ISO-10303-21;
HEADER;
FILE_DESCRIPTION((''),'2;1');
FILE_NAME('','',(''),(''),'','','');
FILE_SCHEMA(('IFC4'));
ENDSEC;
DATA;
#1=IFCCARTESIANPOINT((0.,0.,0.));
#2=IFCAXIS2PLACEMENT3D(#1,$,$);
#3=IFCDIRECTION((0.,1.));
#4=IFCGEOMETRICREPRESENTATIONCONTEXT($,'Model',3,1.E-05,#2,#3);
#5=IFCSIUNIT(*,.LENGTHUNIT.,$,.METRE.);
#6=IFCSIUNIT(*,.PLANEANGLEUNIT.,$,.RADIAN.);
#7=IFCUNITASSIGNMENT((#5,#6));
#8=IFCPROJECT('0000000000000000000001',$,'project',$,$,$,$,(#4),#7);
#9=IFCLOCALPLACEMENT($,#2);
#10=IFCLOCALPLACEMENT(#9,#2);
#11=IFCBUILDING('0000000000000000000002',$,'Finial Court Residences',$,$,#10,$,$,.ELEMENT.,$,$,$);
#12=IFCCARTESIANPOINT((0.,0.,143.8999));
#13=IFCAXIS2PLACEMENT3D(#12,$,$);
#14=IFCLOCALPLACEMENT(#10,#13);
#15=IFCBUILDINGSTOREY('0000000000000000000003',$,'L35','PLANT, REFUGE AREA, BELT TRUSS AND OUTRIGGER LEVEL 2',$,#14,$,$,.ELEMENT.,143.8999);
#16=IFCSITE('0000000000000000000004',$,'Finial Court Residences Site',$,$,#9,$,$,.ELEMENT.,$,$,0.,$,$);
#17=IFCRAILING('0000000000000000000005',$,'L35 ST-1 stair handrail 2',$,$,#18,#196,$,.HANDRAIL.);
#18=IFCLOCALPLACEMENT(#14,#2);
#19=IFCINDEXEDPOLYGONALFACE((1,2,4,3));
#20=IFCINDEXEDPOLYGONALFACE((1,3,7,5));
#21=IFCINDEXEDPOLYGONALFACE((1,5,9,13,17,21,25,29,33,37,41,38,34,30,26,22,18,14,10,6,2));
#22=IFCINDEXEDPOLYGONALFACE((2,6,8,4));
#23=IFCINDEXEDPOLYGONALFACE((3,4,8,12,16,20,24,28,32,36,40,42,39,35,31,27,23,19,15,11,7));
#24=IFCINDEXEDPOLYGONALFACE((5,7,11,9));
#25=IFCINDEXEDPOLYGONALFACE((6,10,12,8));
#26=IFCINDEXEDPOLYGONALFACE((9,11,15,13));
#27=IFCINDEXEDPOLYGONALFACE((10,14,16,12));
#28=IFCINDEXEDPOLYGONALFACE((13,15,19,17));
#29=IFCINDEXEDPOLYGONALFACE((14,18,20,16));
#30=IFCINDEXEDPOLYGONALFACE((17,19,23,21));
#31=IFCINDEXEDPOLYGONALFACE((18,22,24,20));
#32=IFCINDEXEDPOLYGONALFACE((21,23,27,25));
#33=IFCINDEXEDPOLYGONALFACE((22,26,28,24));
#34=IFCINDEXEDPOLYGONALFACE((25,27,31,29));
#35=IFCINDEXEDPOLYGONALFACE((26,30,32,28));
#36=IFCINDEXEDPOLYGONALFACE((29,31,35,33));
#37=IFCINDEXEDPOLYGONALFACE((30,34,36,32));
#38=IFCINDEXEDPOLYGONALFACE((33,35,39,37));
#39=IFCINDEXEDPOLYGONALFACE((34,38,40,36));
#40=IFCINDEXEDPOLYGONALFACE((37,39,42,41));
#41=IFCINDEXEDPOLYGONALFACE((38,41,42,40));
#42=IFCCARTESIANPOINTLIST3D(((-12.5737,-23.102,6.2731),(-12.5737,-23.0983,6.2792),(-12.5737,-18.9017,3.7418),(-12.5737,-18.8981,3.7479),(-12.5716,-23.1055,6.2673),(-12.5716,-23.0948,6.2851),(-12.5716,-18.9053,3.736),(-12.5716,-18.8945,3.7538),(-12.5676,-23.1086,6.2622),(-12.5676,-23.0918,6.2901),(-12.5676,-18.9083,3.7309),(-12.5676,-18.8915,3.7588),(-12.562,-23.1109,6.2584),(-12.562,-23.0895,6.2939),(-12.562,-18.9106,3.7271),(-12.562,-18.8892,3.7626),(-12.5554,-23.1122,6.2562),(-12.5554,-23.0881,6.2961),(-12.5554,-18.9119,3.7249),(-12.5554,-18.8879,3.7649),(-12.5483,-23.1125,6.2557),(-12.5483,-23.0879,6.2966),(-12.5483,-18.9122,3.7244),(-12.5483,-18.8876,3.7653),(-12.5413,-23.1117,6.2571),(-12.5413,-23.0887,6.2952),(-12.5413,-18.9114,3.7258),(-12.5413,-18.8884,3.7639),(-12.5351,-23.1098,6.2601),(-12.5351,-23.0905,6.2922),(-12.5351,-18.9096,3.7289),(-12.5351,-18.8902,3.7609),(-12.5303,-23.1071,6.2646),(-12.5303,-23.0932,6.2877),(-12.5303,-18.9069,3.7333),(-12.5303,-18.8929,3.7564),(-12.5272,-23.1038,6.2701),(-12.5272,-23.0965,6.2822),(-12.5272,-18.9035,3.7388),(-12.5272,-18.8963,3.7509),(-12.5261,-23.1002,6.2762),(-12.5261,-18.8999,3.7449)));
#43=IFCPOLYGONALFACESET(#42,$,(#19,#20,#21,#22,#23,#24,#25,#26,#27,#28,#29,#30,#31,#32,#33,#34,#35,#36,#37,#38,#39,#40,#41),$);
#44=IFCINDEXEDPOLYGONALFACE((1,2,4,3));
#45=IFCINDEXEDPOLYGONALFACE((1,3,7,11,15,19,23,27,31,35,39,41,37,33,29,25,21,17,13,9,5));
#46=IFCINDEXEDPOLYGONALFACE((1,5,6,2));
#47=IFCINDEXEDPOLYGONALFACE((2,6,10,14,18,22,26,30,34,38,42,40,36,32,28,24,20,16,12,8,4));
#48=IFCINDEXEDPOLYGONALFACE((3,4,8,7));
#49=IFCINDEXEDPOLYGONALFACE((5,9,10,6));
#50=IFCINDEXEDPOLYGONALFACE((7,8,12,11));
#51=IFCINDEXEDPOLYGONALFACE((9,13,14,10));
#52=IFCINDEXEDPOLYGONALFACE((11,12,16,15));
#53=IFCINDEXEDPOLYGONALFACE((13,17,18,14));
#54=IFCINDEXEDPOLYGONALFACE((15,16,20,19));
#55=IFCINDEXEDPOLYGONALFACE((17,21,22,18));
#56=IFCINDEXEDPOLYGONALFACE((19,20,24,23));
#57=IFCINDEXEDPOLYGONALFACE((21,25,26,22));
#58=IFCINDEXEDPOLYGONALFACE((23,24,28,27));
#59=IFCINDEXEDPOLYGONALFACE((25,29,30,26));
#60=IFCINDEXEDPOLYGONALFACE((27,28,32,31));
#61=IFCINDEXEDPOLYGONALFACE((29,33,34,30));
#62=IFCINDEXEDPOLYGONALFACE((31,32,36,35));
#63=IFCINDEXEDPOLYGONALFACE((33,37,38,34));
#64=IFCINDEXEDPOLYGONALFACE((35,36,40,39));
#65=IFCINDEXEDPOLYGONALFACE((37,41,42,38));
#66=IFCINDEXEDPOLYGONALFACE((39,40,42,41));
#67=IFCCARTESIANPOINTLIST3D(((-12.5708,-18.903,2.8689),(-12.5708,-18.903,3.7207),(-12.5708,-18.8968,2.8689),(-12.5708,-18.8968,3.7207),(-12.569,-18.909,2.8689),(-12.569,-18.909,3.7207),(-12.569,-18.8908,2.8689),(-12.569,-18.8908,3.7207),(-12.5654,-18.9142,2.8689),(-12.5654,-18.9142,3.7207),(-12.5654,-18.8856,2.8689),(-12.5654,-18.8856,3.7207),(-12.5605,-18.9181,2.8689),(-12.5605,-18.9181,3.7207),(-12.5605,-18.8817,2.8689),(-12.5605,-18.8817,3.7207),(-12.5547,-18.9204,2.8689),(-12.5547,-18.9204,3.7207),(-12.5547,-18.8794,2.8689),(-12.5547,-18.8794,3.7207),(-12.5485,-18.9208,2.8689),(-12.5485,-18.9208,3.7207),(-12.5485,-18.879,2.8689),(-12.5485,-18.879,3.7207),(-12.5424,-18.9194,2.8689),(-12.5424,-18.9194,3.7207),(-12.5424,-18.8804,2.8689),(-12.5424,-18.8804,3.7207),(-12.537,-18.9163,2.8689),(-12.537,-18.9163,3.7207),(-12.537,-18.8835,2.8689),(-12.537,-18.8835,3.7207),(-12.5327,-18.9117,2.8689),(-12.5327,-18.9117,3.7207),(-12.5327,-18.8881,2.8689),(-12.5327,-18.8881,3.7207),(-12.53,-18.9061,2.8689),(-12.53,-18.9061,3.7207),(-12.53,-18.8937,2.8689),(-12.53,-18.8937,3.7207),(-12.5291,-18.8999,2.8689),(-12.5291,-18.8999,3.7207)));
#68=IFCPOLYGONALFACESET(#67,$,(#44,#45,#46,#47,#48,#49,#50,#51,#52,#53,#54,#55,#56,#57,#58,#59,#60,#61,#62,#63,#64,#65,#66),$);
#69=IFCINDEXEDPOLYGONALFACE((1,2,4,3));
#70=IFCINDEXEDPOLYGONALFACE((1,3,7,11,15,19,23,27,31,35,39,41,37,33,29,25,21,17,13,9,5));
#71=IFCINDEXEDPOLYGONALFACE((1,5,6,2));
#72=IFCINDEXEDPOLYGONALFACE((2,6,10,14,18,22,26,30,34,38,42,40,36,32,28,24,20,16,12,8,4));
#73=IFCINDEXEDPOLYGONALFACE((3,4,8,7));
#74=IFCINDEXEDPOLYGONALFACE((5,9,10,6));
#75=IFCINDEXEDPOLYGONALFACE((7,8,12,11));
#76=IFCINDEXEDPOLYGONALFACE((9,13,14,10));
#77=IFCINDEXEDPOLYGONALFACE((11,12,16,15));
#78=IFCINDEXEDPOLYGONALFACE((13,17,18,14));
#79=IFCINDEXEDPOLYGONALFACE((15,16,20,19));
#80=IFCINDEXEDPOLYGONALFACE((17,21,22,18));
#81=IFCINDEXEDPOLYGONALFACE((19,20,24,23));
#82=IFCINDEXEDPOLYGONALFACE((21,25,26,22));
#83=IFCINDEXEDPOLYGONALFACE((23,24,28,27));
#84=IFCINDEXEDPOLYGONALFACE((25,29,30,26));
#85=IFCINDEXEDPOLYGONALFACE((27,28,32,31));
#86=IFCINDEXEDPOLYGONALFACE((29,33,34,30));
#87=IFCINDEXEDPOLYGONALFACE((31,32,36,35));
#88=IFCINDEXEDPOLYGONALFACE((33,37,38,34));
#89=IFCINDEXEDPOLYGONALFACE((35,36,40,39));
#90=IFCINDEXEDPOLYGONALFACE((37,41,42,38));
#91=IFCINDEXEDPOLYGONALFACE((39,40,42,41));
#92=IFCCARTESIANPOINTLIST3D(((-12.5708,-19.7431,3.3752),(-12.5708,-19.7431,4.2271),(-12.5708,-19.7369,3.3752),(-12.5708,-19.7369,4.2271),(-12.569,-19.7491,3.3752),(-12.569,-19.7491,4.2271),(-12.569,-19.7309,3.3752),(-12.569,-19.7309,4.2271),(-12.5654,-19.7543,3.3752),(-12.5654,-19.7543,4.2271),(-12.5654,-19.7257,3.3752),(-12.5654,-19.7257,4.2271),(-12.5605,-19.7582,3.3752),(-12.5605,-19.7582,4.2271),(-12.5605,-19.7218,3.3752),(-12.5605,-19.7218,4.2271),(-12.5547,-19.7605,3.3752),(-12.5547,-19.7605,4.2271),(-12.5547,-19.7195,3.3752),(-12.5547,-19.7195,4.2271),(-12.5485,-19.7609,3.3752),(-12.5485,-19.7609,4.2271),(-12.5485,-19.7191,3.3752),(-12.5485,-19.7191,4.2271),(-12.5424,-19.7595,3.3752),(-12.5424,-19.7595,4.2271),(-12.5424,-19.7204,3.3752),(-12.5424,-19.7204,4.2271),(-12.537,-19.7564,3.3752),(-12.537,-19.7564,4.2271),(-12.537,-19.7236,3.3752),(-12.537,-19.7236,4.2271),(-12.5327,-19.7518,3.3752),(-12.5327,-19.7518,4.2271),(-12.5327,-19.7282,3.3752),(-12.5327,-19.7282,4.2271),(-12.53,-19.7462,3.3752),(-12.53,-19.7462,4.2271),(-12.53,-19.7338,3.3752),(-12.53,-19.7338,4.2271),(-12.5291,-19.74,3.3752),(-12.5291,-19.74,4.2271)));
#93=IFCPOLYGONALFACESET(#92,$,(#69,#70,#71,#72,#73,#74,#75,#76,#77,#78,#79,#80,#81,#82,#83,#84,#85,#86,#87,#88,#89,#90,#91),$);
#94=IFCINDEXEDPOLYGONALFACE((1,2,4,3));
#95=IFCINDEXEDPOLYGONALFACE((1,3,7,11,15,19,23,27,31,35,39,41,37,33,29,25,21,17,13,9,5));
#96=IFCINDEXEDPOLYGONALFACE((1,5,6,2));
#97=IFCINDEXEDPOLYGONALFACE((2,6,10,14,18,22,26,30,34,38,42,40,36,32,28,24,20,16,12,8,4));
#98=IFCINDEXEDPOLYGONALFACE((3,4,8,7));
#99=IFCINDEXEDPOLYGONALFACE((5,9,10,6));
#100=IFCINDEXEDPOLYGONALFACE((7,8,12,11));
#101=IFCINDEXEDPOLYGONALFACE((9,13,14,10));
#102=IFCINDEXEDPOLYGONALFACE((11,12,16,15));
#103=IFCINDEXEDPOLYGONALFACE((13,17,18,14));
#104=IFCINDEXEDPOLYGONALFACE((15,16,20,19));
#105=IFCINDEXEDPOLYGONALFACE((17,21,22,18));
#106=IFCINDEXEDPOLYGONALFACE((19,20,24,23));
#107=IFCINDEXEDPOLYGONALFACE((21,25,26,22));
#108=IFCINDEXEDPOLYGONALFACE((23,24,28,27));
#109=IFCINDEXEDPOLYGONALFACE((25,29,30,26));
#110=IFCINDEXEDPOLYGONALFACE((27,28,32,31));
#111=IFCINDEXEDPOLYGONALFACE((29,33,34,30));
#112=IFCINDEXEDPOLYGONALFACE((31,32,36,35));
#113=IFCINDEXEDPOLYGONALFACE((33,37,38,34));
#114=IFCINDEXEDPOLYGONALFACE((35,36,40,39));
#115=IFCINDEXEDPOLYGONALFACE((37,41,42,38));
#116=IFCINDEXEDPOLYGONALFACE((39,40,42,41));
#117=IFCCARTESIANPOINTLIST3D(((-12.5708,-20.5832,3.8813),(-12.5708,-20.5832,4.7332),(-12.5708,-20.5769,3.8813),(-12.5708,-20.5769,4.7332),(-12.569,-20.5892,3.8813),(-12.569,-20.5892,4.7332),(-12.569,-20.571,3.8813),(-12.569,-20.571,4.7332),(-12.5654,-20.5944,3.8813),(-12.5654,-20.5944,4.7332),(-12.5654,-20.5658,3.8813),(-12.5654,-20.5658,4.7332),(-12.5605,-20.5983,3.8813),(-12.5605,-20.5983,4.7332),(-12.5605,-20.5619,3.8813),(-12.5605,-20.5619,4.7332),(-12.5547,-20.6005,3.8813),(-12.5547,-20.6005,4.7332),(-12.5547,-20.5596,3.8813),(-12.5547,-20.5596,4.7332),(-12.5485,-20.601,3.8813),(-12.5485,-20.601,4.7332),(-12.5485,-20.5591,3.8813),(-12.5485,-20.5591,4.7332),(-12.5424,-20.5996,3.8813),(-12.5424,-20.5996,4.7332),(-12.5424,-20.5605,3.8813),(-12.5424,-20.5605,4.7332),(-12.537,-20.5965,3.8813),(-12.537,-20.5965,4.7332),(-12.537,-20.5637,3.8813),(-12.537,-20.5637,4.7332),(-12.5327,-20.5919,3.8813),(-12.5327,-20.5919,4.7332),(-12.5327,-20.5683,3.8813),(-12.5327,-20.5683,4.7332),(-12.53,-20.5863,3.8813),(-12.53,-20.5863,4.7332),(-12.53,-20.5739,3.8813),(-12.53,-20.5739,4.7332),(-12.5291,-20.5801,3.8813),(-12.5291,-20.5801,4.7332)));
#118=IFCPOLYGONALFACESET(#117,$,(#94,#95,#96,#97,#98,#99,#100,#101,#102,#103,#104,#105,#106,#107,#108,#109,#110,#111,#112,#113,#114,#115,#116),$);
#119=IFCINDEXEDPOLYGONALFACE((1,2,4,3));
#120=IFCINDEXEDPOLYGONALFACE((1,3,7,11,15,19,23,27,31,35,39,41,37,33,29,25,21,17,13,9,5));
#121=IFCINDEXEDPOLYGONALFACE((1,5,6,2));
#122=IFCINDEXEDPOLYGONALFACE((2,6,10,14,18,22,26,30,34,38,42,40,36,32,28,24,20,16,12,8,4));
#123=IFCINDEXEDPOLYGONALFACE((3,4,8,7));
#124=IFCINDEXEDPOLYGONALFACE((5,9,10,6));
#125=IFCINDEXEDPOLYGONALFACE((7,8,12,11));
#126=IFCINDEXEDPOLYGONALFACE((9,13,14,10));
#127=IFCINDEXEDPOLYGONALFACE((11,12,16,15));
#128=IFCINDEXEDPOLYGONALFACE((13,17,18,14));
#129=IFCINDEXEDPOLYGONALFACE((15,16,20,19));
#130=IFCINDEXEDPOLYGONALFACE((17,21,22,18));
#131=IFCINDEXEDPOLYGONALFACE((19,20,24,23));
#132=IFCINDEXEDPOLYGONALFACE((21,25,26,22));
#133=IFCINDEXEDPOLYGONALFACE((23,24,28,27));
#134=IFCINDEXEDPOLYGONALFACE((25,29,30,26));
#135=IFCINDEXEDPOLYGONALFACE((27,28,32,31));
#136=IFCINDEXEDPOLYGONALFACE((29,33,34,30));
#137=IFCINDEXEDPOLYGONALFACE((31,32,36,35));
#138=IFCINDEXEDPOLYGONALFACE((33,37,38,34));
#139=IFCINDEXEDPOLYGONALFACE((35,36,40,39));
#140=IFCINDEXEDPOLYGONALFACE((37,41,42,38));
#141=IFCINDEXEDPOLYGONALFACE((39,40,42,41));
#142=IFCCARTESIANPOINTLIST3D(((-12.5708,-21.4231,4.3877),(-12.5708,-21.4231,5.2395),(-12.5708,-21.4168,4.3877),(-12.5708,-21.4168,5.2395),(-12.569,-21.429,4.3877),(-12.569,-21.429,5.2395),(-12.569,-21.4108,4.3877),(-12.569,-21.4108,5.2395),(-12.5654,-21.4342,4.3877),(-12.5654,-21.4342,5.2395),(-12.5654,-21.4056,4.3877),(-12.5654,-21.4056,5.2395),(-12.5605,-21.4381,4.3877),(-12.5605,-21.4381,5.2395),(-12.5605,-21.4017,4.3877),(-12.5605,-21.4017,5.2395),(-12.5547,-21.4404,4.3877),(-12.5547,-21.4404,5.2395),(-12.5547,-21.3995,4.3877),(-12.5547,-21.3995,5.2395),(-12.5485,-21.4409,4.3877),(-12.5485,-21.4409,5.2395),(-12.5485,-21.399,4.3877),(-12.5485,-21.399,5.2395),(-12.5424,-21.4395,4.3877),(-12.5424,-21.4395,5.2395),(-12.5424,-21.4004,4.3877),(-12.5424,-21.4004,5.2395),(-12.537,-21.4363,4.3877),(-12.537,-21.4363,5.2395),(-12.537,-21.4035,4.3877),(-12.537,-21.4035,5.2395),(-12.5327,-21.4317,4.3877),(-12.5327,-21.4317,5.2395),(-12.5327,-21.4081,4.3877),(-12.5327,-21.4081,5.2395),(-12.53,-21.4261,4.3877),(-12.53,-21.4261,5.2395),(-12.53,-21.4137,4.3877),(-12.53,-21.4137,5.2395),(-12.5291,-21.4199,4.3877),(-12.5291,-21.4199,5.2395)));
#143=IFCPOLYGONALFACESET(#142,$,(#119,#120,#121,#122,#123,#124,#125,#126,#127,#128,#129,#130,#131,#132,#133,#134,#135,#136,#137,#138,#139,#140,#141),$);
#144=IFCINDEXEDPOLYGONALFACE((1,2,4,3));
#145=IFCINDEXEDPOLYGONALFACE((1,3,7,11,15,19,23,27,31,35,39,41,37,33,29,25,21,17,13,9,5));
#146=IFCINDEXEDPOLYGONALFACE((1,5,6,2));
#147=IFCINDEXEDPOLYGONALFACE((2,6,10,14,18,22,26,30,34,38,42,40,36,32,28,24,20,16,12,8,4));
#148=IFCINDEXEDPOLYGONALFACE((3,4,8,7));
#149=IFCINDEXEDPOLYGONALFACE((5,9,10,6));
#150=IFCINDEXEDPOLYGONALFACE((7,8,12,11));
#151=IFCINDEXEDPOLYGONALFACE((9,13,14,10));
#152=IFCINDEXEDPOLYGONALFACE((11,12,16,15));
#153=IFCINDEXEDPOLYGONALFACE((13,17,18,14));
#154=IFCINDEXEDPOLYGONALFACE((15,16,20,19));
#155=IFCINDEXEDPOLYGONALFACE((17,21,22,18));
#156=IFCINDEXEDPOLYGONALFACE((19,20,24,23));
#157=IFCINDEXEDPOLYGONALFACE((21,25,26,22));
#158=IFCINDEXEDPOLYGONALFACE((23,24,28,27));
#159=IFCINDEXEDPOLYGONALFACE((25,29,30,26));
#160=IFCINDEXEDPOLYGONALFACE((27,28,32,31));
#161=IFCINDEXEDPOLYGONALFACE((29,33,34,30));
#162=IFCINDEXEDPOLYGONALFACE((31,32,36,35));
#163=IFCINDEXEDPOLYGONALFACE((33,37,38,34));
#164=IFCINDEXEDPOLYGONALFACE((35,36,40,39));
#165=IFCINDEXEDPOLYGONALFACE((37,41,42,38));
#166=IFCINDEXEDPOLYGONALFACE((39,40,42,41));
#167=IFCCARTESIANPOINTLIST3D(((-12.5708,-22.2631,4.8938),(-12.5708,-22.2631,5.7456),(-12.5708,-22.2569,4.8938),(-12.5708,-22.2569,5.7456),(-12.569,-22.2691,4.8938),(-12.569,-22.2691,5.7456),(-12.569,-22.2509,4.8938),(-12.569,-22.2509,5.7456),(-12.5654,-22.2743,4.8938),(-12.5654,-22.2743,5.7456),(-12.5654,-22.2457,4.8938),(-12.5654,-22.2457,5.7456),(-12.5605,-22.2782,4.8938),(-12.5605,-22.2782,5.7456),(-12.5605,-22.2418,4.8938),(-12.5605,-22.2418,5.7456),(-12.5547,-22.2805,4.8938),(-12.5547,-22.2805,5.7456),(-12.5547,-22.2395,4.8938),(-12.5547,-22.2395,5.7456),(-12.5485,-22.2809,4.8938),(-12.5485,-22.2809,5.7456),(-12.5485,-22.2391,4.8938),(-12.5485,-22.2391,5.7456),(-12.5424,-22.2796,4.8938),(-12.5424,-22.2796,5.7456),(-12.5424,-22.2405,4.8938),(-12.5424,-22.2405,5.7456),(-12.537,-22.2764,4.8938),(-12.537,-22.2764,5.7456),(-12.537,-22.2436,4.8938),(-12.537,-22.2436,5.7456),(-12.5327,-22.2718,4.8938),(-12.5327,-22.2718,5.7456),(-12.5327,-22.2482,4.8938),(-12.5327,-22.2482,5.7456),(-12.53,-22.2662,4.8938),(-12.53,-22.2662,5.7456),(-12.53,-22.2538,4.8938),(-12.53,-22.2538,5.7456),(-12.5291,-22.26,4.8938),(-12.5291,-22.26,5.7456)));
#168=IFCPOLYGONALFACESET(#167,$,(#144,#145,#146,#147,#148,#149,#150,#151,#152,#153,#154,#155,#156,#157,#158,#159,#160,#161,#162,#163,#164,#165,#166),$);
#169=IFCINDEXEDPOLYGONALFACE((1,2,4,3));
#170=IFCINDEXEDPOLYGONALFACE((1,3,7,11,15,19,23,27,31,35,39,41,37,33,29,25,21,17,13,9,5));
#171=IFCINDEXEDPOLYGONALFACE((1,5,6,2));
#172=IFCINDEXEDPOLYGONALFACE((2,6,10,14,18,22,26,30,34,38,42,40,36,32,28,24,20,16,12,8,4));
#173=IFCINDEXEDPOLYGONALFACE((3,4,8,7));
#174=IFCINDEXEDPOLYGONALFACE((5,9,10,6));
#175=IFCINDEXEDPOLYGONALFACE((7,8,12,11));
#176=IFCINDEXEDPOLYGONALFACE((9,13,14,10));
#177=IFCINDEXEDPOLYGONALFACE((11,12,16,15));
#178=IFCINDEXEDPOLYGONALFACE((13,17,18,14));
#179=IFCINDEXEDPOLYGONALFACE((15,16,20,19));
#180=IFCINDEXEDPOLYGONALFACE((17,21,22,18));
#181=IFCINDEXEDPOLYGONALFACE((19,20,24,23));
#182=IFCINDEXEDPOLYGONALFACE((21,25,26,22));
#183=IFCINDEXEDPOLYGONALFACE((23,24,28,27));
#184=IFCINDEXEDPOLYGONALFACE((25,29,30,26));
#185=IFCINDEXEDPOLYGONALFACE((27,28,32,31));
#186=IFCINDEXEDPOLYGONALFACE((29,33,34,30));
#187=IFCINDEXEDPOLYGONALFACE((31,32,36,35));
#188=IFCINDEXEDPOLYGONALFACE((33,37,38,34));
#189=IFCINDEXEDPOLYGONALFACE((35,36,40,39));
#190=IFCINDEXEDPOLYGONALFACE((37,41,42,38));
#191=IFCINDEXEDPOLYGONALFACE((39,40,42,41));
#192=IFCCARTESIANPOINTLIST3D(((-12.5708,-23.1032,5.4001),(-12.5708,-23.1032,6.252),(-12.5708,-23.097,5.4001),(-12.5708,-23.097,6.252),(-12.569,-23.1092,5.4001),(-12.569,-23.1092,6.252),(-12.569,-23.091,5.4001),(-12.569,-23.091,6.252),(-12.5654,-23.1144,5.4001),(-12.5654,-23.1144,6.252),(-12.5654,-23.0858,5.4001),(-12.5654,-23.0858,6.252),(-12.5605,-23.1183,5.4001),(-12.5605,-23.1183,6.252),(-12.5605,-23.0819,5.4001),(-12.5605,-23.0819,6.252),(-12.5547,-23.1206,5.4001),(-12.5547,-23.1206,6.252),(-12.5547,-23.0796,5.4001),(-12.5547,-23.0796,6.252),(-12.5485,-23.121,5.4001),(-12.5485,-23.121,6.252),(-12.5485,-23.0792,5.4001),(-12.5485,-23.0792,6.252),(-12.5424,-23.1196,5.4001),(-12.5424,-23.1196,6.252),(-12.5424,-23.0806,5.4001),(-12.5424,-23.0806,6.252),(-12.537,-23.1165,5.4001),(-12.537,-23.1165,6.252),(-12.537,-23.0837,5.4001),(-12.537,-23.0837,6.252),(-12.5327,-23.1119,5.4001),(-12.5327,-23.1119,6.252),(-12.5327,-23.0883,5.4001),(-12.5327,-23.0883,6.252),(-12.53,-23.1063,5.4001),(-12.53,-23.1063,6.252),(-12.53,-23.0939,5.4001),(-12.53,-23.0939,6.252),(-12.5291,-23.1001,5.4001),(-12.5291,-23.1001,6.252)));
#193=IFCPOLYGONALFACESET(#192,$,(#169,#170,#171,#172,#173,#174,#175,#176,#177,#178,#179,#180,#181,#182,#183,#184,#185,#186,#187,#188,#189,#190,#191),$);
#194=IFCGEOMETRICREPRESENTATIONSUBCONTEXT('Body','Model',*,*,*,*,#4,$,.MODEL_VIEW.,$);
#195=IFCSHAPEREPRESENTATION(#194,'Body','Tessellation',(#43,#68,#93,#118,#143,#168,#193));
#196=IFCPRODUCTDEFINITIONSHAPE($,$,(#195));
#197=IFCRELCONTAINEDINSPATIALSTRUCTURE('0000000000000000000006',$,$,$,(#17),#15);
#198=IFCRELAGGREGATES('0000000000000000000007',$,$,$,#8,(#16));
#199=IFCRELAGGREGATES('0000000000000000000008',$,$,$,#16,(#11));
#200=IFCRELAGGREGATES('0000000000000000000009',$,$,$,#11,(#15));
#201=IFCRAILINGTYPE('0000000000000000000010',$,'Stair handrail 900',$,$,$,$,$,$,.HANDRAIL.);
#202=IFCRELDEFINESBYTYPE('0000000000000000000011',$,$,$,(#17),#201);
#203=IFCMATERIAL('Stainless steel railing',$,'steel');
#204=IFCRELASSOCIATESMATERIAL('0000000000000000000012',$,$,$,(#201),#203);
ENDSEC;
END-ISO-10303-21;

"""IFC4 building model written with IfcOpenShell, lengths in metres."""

from ifc_helpers import new_model, si_unit, direction, frame, origin, origin_2d, place, context, subcontext, project, spatial, circle, extrude, material, type_object, element, save


model = new_model("IFC4")

# Units and contexts
model_context = context("Model", 3, precision=1e-05, world=origin(), true_north=direction((0.0, 1.0)))
body_context = subcontext(model_context, "Body", "Model", "MODEL_VIEW")
ifc_project = project(units=[si_unit("LENGTHUNIT", "METRE"), si_unit("PLANEANGLEUNIT", "RADIAN")], contexts=[model_context])

# Site, building, storey
site_placement = place(None, origin())
site = spatial("IfcSite", under=ifc_project, at=site_placement, Name="Finial Court Residences Site", CompositionType="ELEMENT", RefElevation=0.0)
building_placement = place(site_placement, origin())
building = spatial("IfcBuilding", under=site, at=building_placement, Name="Finial Court Residences", CompositionType="ELEMENT")
storey_placement = place(building_placement, frame((0.0, 0.0, 143.8999)))
storey = spatial("IfcBuildingStorey", under=building, at=storey_placement, Name="L35", Description="PLANT, REFUGE AREA, BELT TRUSS AND OUTRIGGER LEVEL 2", CompositionType="ELEMENT", Elevation=143.8999)

# Railing
ifc_material_1 = material(Name="Stainless steel railing", Category="steel")
railing_type = type_object("IfcRailingType", Name="Stair handrail 900", PredefinedType="HANDRAIL", material=ifc_material_1)
railing_placement = place(storey_placement, frame((-12.55, -18.8999, 2.8689)))
element("IfcRailing", 1, at=railing_placement, inside=storey, type_object=railing_type, Name="L35 ST-1 stair handrail 2", PredefinedType="HANDRAIL", context=body_context, shape_type="SweptSolid", body=[
    extrude(circle(Radius=0.0239, at=origin_2d()), frame((0.0, 0.0, 0.876), z_axis=(0.0, -0.85649, 0.516164), x_axis=(1.0, 0.0, 0.0)), (0.0, 0.0, 1.0), 4.9041),
    extrude(circle(Radius=0.021, at=origin_2d()), origin(), (0.0, 0.0, 1.0), 0.8518),
    extrude(circle(Radius=0.021, at=origin_2d()), frame((0.0, -0.8401, 0.5063)), (0.0, 0.0, 1.0), 0.8518),
    extrude(circle(Radius=0.021, at=origin_2d()), frame((0.0, -1.6802, 1.0125)), (0.0, 0.0, 1.0), 0.8518),
    extrude(circle(Radius=0.021, at=origin_2d()), frame((0.0, -2.52, 1.5188)), (0.0, 0.0, 1.0), 0.8518),
    extrude(circle(Radius=0.021, at=origin_2d()), frame((0.0, -3.3601, 2.0249)), (0.0, 0.0, 1.0), 0.8518),
    extrude(circle(Radius=0.021, at=origin_2d()), frame((0.0, -4.2002, 2.5312)), (0.0, 0.0, 1.0), 0.8518),
])

save(model, "model.ifc")
